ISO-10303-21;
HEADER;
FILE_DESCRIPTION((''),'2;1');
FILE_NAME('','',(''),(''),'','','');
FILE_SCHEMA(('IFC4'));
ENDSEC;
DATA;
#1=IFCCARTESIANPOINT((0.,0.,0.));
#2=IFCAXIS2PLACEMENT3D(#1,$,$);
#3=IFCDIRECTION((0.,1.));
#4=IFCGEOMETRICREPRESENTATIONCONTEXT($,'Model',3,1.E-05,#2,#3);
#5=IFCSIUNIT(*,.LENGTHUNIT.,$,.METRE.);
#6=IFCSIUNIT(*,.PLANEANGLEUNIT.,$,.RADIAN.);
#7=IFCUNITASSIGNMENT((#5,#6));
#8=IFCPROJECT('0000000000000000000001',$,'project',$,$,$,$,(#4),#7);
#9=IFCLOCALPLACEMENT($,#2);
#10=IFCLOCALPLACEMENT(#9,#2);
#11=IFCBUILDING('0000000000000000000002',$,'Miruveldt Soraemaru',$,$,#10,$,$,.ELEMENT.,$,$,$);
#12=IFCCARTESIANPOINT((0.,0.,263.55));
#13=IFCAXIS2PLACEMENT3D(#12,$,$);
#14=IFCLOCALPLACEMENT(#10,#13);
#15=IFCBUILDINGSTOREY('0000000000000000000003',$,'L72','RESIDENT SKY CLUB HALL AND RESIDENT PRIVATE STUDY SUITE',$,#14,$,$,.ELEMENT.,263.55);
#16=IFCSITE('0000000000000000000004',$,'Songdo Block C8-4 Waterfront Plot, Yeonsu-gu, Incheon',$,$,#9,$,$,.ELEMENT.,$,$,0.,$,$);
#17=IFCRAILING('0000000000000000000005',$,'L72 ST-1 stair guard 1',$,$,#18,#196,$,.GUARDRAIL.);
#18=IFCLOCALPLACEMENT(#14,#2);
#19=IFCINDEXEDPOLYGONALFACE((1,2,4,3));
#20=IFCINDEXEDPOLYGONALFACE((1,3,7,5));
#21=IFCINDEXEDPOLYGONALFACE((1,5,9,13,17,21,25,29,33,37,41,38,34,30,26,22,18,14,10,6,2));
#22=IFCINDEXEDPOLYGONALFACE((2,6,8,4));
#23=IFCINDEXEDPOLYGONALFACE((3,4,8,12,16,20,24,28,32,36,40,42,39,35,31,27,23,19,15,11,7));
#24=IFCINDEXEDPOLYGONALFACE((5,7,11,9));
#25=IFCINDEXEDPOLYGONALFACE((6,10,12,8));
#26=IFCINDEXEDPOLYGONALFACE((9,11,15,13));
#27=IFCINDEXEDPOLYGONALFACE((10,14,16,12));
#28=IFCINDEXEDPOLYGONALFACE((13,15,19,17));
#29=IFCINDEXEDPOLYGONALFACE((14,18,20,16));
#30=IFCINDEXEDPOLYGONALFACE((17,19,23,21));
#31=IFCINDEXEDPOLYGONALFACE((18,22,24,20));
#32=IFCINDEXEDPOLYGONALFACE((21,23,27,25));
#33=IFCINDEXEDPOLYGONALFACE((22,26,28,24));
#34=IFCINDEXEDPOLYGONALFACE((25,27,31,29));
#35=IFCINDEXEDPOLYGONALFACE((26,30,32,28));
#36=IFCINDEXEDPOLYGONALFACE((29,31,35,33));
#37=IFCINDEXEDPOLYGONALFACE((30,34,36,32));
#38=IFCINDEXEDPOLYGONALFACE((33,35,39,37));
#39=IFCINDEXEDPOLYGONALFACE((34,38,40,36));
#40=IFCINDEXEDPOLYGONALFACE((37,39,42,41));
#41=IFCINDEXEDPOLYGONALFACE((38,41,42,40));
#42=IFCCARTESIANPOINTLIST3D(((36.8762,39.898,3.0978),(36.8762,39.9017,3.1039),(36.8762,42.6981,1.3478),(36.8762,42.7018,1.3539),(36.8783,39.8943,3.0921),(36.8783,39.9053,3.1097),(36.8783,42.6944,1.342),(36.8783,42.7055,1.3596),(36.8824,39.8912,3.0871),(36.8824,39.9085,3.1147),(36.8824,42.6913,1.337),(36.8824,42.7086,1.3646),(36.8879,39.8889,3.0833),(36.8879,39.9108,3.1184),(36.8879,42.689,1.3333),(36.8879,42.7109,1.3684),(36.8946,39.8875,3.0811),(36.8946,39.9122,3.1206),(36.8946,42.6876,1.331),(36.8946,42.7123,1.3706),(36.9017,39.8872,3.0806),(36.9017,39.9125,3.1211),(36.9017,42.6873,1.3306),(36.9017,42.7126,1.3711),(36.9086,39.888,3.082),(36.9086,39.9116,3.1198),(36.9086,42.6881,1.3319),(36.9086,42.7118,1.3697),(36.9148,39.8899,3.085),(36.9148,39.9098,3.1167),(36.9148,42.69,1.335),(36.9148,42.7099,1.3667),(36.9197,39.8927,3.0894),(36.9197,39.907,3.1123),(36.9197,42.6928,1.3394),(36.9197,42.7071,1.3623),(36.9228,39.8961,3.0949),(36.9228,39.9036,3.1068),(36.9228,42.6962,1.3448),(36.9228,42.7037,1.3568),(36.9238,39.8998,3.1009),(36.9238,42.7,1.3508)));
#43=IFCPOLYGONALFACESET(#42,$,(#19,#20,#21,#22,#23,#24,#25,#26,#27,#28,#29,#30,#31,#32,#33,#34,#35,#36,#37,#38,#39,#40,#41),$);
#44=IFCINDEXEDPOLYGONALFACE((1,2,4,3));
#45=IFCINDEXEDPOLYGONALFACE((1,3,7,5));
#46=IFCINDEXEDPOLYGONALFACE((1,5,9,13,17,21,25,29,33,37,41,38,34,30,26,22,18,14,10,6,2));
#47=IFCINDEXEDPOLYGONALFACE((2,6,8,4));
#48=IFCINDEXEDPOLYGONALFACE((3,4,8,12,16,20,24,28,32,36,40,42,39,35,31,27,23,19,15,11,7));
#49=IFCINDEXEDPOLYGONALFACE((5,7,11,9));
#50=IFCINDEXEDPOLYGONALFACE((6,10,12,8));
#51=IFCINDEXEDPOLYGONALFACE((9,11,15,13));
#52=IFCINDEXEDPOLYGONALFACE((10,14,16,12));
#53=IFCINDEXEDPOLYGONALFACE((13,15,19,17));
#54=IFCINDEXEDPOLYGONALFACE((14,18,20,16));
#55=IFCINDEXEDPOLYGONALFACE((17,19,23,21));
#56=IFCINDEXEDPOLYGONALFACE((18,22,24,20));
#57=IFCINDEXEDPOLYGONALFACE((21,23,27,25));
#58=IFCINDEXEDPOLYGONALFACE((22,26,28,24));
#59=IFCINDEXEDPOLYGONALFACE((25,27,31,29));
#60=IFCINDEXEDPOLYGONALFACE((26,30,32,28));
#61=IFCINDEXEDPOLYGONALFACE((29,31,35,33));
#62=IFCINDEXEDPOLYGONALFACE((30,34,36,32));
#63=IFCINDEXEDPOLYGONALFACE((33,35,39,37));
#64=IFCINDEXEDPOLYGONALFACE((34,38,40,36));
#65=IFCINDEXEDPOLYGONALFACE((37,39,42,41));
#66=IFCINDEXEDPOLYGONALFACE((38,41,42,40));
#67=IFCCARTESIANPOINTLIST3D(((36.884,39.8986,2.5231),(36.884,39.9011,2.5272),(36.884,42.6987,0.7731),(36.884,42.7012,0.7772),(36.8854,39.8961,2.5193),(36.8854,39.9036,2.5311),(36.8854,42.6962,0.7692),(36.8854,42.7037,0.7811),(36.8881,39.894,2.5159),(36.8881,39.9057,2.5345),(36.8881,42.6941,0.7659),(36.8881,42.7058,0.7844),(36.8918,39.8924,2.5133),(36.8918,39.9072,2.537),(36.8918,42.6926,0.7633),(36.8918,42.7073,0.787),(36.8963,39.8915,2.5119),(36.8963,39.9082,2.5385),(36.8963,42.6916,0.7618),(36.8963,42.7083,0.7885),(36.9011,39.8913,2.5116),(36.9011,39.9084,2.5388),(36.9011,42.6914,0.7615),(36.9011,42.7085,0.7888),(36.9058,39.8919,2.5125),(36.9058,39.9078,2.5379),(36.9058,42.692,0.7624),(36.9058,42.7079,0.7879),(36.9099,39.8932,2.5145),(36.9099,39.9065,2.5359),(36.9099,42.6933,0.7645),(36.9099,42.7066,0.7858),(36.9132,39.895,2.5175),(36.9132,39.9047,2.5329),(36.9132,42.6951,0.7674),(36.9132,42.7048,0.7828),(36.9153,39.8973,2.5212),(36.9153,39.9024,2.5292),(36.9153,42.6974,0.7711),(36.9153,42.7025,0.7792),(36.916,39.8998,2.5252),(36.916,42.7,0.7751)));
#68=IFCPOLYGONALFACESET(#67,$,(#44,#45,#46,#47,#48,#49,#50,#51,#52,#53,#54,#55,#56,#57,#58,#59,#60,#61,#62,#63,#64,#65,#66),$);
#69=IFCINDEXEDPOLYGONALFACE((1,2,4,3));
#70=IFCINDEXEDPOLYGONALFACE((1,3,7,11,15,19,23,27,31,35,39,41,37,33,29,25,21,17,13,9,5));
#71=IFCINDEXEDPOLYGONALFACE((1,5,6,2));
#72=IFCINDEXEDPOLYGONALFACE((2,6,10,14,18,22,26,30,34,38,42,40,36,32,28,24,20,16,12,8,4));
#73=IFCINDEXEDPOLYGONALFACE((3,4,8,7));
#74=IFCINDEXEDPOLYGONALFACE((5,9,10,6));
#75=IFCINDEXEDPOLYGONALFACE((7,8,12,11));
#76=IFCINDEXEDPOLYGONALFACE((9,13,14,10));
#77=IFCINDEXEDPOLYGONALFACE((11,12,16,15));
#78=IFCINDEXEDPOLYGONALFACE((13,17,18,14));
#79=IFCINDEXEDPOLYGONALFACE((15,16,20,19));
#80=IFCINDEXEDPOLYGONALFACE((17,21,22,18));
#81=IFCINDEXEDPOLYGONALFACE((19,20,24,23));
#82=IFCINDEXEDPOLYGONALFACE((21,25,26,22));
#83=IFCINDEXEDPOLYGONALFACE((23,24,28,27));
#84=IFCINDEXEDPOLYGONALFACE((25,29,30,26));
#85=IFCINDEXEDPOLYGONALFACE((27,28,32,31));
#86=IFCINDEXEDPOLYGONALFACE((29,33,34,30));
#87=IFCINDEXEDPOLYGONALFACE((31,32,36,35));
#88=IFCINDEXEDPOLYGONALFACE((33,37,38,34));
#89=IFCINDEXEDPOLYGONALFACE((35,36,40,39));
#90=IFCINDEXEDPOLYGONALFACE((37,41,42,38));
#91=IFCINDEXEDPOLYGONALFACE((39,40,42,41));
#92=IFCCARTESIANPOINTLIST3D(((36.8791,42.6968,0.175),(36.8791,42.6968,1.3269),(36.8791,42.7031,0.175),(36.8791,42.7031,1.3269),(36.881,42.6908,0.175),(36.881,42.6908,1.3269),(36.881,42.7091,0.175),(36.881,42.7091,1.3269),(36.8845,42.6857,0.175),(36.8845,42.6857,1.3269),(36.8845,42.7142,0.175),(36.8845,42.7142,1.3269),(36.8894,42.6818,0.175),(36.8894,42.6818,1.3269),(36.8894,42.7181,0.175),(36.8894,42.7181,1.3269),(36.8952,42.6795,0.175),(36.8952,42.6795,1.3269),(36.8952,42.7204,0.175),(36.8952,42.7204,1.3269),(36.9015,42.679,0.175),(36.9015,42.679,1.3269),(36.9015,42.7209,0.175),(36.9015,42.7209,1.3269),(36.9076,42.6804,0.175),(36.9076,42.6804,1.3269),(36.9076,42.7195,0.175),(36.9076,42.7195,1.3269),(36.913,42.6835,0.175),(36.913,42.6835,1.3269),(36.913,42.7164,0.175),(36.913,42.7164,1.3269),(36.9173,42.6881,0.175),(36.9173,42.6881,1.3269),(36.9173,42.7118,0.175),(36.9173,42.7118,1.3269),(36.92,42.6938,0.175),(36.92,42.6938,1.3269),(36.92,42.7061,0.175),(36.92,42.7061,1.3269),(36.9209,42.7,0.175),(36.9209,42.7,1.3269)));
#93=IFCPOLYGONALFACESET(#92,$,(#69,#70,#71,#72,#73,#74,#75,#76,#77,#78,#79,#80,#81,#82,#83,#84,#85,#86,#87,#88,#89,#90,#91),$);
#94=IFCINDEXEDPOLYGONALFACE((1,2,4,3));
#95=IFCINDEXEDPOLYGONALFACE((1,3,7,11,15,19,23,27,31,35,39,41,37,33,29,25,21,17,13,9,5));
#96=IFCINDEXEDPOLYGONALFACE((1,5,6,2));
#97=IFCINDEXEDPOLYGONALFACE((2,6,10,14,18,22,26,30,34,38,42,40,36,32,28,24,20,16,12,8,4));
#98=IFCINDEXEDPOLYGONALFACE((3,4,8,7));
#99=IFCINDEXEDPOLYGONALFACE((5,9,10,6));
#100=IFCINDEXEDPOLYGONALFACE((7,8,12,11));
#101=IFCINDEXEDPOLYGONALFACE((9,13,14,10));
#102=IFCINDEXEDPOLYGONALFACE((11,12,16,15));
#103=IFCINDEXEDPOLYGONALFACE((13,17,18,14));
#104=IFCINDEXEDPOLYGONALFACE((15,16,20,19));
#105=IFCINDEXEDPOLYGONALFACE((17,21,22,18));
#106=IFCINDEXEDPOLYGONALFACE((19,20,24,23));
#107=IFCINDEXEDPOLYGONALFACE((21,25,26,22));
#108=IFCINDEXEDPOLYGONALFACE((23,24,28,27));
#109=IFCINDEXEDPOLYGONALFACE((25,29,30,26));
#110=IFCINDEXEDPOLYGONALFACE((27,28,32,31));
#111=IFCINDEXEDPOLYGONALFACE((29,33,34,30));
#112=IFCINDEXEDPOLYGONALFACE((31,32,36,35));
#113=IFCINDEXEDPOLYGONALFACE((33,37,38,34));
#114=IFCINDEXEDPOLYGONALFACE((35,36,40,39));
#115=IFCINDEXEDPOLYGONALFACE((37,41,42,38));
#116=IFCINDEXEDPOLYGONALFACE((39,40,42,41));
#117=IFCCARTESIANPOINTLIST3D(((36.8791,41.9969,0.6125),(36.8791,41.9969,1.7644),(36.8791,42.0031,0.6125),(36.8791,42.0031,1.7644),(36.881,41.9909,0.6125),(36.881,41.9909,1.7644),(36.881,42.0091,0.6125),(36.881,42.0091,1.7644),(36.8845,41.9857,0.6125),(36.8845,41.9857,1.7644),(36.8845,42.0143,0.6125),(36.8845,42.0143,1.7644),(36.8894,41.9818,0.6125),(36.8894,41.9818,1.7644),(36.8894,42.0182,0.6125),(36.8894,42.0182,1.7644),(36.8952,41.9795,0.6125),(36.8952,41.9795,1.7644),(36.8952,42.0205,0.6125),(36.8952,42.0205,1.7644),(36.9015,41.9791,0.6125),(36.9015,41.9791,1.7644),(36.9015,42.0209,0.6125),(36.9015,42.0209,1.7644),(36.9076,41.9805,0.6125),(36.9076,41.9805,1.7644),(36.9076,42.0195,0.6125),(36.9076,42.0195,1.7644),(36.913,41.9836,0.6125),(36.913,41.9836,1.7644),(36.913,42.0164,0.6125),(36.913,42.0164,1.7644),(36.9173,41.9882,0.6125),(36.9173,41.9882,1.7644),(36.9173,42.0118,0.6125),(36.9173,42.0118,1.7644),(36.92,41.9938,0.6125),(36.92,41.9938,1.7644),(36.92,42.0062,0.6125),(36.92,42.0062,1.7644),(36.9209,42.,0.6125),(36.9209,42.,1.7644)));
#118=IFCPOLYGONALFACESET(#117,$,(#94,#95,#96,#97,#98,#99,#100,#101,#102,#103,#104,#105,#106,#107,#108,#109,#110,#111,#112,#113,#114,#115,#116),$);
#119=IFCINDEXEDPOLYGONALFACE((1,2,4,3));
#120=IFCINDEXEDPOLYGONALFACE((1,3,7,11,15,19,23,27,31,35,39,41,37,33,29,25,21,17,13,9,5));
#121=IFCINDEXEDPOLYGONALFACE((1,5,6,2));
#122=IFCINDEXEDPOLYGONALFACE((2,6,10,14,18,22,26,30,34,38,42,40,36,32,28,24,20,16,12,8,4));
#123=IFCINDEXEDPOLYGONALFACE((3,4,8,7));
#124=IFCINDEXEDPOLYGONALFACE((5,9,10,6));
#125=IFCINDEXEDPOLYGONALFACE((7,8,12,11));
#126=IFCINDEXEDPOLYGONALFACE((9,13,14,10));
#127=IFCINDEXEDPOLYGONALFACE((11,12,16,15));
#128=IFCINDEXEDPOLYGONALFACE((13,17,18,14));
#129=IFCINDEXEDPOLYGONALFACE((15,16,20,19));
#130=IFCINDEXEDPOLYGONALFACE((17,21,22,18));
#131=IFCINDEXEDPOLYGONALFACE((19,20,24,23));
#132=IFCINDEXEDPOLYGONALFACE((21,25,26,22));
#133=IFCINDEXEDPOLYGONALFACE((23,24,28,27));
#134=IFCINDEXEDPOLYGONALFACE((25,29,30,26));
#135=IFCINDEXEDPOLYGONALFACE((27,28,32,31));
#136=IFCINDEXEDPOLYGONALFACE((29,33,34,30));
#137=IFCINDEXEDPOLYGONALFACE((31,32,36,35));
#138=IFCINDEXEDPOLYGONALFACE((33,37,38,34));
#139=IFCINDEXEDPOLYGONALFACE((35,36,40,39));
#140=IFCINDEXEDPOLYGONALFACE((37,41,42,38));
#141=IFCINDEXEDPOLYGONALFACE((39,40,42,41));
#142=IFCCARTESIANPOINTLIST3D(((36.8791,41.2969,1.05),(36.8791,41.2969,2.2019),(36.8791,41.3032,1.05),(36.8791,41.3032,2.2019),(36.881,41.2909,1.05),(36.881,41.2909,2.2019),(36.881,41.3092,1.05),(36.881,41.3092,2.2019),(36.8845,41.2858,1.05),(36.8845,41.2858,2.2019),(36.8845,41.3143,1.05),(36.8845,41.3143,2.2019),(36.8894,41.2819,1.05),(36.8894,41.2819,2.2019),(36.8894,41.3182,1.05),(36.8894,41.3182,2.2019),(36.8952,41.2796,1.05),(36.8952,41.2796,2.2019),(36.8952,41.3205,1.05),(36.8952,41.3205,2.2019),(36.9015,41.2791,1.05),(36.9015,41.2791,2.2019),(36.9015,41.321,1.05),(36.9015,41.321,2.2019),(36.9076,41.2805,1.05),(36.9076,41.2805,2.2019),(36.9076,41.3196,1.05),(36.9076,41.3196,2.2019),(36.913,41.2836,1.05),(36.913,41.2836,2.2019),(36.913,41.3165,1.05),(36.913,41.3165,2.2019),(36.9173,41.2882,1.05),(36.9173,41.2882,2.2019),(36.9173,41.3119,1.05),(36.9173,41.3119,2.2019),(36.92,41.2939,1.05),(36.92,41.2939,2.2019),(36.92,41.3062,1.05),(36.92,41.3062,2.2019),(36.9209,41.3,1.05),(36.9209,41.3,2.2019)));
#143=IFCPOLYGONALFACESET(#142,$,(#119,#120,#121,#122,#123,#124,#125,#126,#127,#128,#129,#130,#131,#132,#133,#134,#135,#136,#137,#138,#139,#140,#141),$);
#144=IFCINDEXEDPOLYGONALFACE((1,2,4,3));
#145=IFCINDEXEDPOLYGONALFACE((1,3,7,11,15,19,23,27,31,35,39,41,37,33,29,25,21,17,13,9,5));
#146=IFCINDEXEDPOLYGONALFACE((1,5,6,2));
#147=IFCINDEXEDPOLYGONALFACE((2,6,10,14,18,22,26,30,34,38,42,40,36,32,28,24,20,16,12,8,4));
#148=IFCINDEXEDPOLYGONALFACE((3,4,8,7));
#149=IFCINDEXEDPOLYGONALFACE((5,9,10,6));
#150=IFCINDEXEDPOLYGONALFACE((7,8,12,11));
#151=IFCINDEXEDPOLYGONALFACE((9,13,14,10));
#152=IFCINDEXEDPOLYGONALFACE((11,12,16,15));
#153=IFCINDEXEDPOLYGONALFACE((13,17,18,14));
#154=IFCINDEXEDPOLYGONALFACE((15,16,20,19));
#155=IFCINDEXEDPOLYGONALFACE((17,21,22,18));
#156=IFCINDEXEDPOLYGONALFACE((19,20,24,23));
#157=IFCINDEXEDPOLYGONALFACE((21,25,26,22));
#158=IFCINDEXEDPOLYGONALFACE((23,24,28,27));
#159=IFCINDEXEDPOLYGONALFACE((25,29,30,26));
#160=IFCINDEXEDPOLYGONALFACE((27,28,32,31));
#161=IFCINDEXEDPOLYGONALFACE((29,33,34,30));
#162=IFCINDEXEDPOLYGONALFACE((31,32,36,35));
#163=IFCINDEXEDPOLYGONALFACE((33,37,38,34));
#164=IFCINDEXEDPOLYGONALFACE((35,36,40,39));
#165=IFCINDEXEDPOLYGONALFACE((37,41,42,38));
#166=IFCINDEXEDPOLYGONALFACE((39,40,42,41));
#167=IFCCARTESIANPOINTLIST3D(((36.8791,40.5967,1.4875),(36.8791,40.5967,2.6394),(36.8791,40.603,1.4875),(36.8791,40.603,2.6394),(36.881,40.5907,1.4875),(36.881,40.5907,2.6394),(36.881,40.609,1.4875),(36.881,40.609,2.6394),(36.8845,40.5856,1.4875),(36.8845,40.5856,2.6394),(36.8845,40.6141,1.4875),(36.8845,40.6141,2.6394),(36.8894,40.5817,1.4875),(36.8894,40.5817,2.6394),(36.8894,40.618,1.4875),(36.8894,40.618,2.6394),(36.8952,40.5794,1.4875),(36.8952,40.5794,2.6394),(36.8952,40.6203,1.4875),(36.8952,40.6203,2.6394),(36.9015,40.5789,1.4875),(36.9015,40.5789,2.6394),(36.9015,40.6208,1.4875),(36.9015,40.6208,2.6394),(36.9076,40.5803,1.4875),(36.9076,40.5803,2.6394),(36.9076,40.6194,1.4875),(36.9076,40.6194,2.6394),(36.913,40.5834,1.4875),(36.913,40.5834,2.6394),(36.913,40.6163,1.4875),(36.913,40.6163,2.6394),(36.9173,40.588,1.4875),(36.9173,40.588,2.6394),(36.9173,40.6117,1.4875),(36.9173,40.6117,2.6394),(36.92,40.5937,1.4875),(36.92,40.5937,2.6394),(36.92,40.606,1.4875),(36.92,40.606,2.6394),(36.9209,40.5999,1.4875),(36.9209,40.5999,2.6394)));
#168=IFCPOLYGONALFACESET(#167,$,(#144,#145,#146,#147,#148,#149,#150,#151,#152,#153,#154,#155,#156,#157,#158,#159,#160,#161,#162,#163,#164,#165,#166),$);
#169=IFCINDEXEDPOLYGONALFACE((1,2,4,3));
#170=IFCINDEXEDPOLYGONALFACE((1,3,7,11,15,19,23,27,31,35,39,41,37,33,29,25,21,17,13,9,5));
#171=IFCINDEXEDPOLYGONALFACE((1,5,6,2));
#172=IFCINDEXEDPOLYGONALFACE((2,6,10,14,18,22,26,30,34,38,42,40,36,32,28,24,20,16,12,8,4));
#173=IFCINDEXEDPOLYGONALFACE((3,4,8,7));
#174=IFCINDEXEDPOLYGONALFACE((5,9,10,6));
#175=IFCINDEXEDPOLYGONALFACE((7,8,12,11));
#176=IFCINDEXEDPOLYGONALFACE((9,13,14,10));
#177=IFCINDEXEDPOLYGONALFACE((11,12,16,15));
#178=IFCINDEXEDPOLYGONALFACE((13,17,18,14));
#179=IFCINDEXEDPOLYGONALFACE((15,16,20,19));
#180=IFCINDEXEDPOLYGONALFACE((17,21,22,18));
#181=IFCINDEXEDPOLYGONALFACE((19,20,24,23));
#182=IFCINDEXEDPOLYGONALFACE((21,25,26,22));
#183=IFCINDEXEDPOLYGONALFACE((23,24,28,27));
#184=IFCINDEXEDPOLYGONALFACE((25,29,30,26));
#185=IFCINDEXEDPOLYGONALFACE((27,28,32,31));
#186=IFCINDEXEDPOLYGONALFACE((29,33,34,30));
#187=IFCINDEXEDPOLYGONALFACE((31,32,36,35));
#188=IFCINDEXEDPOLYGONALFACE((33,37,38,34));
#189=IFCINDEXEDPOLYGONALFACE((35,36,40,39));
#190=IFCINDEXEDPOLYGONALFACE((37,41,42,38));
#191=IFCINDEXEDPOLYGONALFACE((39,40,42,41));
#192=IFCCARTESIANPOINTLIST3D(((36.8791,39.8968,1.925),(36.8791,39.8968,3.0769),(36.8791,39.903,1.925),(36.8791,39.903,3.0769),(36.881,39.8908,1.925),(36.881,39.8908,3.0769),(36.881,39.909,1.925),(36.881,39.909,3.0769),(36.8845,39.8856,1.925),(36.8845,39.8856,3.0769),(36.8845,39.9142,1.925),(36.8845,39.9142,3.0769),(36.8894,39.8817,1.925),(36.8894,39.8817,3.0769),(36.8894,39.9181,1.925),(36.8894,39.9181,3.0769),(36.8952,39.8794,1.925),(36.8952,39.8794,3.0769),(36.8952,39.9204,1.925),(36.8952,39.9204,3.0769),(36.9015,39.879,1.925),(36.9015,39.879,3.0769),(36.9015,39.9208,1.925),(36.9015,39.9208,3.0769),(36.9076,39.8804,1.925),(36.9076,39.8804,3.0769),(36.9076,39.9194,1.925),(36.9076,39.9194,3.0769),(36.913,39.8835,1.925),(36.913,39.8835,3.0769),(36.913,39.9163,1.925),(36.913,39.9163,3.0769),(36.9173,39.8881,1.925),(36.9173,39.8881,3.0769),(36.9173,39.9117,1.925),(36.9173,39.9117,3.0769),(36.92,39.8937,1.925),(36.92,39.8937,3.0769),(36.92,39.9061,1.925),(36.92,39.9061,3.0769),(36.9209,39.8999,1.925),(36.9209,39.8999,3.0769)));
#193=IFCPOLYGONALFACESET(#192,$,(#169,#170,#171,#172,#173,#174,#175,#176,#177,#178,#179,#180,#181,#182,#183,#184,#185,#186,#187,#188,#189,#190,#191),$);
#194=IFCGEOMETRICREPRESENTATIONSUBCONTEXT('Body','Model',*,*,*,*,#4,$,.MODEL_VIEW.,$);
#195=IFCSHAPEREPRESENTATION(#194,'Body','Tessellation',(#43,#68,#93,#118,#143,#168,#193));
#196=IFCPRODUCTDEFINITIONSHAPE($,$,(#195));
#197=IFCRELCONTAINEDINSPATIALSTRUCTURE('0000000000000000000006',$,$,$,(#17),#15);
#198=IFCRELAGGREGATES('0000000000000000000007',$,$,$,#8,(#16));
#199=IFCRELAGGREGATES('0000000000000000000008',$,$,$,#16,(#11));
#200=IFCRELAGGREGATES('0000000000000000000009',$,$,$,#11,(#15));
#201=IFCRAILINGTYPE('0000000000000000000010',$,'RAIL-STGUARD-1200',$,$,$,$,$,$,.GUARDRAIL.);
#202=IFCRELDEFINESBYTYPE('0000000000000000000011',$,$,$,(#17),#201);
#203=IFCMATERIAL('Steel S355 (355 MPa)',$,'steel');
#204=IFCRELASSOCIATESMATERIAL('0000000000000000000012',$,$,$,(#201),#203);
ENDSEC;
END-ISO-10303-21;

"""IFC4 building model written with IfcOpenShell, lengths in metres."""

from ifc_helpers import new_model, si_unit, direction, frame, origin, origin_2d, place, context, subcontext, project, spatial, circle, extrude, material, type_object, element, save


model = new_model("IFC4")

# Units and contexts
model_context = context("Model", 3, precision=1e-05, world=origin(), true_north=direction((0.0, 1.0)))
body_context = subcontext(model_context, "Body", "Model", "MODEL_VIEW")
ifc_project = project(units=[si_unit("LENGTHUNIT", "METRE"), si_unit("PLANEANGLEUNIT", "RADIAN")], contexts=[model_context])

# Site, building, storey
site_placement = place(None, origin())
site = spatial("IfcSite", under=ifc_project, at=site_placement, Name="Songdo Block C8-4 Waterfront Plot, Yeonsu-gu, Incheon", CompositionType="ELEMENT", RefElevation=0.0)
building_placement = place(site_placement, origin())
building = spatial("IfcBuilding", under=site, at=building_placement, Name="Miruveldt Soraemaru", CompositionType="ELEMENT")
storey_placement = place(building_placement, frame((0.0, 0.0, 263.55)))
storey = spatial("IfcBuildingStorey", under=building, at=storey_placement, Name="L72", Description="RESIDENT SKY CLUB HALL AND RESIDENT PRIVATE STUDY SUITE", CompositionType="ELEMENT", Elevation=263.55)

# Railing
ifc_material_1 = material(Name="Steel S355 (355 MPa)", Category="steel")
railing_type_1 = type_object("IfcRailingType", Name="RAIL-STGUARD-1200", PredefinedType="GUARDRAIL", material=ifc_material_1)
railing_1_placement = place(storey_placement, frame((36.8999, 42.7, 0.175)))
element("IfcRailing", 1, at=railing_1_placement, inside=storey, type_object=railing_type_1, Name="L72 ST-1 stair guard 1", PredefinedType="GUARDRAIL", context=body_context, shape_type="SweptSolid", body=[
    extrude(circle(Radius=0.0239, at=origin_2d()), frame((0.0, 0.0, 1.1758), z_axis=(0.0, -0.848002, 0.529992), x_axis=(1.0, 0.0, 0.0)), (0.0, 0.0, 1.0), 3.302),
    extrude(circle(Radius=0.0161, at=origin_2d()), frame((0.0, 0.0, 0.6001), z_axis=(0.0, -0.848002, 0.529992), x_axis=(1.0, 0.0, 0.0)), (0.0, 0.0, 1.0), 3.302),
    extrude(circle(Radius=0.021, at=origin_2d()), origin(), (0.0, 0.0, 1.0), 1.1519),
    extrude(circle(Radius=0.021, at=origin_2d()), frame((0.0, -0.7, 0.4375)), (0.0, 0.0, 1.0), 1.1519),
    extrude(circle(Radius=0.021, at=origin_2d()), frame((0.0, -1.3999, 0.875)), (0.0, 0.0, 1.0), 1.1519),
    extrude(circle(Radius=0.021, at=origin_2d()), frame((0.0, -2.1001, 1.3125)), (0.0, 0.0, 1.0), 1.1519),
    extrude(circle(Radius=0.021, at=origin_2d()), frame((0.0, -2.8, 1.75)), (0.0, 0.0, 1.0), 1.1519),
])

save(model, "model.ifc")
